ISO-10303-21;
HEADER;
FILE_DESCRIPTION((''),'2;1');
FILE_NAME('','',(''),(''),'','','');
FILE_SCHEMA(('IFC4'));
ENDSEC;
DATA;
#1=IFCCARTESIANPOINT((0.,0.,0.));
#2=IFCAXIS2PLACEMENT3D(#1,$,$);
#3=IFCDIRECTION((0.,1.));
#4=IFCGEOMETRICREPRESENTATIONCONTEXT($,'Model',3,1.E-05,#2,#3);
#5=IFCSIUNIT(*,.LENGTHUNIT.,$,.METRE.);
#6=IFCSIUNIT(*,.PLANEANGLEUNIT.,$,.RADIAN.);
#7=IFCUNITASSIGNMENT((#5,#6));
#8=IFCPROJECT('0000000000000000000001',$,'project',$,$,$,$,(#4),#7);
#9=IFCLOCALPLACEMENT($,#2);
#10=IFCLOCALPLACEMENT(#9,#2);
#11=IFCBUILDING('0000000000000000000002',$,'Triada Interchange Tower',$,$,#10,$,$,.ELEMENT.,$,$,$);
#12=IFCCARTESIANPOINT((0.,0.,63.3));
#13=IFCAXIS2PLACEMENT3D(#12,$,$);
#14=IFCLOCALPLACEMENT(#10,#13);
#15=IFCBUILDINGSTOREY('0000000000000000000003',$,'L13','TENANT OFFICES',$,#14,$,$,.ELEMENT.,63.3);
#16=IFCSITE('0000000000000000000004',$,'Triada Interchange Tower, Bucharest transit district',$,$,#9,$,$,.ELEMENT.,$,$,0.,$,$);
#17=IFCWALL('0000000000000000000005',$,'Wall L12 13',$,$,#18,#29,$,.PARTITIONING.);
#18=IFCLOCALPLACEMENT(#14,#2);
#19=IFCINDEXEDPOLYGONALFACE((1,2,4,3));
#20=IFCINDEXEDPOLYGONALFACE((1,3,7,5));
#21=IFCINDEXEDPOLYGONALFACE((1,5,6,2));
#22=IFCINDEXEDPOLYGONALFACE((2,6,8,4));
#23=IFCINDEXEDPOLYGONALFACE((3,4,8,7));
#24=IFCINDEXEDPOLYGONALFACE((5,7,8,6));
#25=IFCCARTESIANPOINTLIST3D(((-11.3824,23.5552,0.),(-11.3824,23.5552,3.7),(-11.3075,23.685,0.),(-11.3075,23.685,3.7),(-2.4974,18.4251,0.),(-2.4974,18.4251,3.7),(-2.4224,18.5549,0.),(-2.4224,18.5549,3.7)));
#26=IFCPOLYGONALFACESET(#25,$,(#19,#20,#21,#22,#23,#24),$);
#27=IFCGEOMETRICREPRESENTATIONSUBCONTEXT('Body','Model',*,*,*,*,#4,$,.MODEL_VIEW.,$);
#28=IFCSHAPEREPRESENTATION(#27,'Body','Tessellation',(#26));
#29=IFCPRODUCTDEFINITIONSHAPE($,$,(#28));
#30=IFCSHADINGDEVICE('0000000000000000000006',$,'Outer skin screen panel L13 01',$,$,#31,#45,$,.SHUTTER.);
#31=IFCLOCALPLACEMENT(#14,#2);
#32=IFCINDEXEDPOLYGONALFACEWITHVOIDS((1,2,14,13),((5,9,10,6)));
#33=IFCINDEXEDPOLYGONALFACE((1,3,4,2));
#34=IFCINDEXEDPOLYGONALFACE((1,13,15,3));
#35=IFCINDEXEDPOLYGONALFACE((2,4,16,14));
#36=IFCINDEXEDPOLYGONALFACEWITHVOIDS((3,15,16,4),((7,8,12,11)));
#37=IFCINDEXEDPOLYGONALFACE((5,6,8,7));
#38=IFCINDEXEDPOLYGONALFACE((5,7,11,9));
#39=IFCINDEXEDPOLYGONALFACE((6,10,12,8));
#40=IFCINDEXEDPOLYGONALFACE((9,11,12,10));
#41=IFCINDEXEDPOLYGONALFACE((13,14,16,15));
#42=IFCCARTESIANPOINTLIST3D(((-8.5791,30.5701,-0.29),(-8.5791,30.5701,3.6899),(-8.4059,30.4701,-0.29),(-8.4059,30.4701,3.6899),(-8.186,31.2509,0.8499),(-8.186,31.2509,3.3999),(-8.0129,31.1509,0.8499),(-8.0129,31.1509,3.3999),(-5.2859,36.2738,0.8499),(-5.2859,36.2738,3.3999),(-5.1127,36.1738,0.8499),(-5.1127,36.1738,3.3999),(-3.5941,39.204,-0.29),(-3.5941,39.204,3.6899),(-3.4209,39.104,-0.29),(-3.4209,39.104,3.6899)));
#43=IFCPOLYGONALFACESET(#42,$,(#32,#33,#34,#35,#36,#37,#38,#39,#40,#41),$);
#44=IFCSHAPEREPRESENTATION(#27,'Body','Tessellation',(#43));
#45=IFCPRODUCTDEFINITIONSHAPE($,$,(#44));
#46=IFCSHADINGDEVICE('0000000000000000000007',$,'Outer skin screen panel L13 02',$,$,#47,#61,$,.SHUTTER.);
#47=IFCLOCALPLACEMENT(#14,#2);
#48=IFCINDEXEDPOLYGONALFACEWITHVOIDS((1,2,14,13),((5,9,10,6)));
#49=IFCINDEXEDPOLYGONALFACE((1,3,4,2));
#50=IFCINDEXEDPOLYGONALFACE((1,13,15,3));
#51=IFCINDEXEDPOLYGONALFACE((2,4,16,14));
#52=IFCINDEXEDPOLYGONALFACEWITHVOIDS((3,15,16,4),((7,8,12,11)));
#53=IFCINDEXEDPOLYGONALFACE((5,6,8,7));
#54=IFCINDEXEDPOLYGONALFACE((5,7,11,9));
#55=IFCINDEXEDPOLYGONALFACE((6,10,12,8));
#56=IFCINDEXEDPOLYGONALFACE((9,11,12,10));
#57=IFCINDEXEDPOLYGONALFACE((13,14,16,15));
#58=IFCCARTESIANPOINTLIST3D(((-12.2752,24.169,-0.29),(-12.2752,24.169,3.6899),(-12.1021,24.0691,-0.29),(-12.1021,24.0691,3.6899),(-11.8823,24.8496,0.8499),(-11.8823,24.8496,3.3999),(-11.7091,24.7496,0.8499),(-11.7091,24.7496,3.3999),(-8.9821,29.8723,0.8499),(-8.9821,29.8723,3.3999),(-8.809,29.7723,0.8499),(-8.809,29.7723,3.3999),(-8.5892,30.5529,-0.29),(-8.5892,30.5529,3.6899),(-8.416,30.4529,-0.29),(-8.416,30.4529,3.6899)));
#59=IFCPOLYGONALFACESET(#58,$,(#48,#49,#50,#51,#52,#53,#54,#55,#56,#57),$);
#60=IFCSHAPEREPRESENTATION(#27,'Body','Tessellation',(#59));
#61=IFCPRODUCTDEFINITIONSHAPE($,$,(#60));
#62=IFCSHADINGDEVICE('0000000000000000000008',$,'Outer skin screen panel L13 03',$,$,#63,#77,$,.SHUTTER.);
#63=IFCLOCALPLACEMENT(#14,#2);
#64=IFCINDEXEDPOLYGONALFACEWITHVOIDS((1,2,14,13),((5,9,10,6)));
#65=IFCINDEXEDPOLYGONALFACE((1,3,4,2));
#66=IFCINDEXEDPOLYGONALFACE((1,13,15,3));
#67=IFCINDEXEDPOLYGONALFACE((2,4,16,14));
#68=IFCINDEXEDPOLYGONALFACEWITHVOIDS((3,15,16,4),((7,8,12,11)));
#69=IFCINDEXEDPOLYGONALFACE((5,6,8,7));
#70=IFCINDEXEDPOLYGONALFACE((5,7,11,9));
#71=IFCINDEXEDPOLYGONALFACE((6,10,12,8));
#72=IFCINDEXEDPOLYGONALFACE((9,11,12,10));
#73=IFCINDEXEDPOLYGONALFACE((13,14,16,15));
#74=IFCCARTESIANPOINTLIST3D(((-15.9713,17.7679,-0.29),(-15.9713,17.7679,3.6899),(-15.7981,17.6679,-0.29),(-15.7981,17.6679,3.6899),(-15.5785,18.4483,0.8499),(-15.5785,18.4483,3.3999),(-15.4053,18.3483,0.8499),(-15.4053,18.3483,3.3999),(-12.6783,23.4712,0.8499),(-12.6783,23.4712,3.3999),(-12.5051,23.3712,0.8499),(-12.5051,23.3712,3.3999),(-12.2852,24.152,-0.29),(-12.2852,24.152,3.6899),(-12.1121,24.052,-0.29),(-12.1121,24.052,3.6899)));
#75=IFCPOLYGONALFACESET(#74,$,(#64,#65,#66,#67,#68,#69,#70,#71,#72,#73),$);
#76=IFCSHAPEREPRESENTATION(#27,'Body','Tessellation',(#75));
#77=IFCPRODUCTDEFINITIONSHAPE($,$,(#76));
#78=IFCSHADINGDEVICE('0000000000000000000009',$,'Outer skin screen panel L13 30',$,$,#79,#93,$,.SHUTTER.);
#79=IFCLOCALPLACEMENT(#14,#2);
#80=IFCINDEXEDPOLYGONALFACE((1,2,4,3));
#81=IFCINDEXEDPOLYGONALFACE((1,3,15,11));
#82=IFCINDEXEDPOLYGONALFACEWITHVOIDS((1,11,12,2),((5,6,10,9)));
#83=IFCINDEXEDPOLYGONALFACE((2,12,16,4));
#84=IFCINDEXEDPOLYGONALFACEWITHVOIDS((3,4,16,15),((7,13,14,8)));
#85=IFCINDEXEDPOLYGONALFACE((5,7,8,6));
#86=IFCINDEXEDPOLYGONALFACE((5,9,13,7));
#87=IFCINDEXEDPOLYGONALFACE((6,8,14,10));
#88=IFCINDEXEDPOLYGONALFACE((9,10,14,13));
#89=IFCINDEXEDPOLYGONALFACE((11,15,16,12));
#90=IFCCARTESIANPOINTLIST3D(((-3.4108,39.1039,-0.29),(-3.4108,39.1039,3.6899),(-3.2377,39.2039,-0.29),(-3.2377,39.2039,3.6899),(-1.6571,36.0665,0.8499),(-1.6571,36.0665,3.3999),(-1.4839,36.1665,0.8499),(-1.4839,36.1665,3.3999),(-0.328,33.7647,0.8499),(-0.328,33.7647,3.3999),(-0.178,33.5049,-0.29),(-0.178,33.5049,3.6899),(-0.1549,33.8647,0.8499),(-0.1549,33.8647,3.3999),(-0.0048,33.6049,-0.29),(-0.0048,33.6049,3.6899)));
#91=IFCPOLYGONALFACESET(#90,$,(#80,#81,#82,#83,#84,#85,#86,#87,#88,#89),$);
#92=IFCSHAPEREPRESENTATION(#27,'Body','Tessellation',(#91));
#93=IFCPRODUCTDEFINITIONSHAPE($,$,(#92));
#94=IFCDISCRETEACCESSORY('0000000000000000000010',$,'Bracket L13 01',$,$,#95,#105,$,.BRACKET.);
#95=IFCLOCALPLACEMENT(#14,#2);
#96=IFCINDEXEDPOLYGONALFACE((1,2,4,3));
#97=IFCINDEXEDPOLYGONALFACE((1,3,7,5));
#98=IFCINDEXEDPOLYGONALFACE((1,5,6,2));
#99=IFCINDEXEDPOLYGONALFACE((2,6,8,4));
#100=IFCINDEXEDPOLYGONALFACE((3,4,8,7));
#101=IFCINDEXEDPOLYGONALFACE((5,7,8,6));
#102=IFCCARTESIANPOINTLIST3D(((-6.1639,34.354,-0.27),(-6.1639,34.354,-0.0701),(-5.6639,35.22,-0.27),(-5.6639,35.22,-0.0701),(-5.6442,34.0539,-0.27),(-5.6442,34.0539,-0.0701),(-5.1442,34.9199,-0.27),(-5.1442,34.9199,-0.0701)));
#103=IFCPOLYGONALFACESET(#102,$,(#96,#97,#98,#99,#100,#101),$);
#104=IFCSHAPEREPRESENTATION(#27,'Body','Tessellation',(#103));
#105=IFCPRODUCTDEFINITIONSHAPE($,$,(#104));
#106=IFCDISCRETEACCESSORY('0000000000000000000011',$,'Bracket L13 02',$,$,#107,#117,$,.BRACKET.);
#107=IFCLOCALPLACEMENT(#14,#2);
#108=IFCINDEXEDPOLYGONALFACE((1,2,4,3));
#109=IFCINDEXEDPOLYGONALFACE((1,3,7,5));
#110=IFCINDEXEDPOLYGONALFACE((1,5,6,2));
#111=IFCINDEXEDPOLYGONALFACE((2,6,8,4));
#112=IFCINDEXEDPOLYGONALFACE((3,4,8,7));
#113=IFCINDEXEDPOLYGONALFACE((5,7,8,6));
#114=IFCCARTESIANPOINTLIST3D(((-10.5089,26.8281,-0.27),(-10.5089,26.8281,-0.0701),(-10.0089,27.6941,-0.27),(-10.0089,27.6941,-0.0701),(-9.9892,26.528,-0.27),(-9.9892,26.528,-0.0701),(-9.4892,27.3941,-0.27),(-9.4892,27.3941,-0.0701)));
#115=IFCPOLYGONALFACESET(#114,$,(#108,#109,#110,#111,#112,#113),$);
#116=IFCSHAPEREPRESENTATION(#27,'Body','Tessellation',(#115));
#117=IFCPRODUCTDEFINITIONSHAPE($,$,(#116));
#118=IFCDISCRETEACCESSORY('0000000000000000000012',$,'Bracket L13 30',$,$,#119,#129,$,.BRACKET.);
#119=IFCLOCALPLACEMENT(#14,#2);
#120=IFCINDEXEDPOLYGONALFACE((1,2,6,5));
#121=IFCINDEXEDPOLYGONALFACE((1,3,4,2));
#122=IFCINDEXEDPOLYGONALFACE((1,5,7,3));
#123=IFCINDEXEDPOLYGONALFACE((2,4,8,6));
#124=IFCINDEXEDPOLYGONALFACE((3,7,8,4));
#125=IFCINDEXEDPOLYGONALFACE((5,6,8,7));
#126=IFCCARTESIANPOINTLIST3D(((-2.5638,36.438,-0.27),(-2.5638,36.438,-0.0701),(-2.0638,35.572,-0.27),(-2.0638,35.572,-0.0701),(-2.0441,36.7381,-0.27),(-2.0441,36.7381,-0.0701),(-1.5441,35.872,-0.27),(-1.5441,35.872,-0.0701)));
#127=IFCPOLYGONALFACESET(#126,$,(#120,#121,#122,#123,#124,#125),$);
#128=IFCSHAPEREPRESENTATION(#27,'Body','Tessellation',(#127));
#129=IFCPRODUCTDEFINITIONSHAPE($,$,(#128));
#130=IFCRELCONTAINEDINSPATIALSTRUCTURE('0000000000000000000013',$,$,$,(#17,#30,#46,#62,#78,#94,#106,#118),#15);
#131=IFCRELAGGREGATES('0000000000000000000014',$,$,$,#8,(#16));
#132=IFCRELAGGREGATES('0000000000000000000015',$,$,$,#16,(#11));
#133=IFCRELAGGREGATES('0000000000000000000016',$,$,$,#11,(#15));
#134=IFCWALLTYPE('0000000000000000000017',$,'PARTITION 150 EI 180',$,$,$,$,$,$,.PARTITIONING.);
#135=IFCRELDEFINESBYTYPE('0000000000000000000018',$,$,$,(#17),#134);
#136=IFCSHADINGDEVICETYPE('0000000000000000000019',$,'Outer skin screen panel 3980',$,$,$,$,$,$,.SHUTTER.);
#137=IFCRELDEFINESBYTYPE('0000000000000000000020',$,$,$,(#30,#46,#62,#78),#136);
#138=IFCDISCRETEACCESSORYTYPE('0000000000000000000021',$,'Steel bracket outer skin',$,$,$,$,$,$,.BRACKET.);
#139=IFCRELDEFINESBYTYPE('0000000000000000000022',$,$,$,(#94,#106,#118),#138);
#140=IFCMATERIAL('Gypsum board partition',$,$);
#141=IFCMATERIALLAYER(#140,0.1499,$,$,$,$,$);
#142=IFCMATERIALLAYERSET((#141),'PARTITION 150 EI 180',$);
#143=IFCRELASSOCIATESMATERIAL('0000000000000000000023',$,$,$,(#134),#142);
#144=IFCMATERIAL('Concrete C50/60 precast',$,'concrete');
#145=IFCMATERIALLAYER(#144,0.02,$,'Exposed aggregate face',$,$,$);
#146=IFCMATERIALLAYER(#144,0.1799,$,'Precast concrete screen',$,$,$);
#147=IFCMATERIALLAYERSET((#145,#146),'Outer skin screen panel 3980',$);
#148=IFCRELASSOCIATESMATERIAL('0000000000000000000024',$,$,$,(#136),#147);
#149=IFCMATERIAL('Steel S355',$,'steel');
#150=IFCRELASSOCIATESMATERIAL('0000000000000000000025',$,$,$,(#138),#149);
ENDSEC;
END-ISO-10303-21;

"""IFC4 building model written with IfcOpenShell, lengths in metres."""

from ifc_helpers import new_model, si_unit, direction, frame, frame_2d, origin, origin_2d, place, context, subcontext, project, spatial, polyline, rectangle, outline, extrude, material, layer, layer_set, type_object, element, save


model = new_model("IFC4")

# Units and contexts
model_context = context("Model", 3, precision=1e-05, world=origin(), true_north=direction((0.0, 1.0)))
body_context = subcontext(model_context, "Body", "Model", "MODEL_VIEW")
ifc_project = project(units=[si_unit("LENGTHUNIT", "METRE"), si_unit("PLANEANGLEUNIT", "RADIAN")], contexts=[model_context])

# Site, building, storey
site_placement = place(None, origin())
site = spatial("IfcSite", under=ifc_project, at=site_placement, Name="Triada Interchange Tower, Bucharest transit district", CompositionType="ELEMENT", RefElevation=0.0)
building_placement = place(site_placement, origin())
building = spatial("IfcBuilding", under=site, at=building_placement, Name="Triada Interchange Tower", CompositionType="ELEMENT")
storey_placement = place(building_placement, frame((0.0, 0.0, 63.3)))
storey = spatial("IfcBuildingStorey", under=building, at=storey_placement, Name="L13", Description="TENANT OFFICES", CompositionType="ELEMENT", Elevation=63.3)

# Wall
ifc_material_1 = material(Name="Gypsum board partition")
ifc_layer_1 = layer(ifc_material_1, 0.1499)
ifc_layer_set_1 = layer_set([ifc_layer_1], Name="PARTITION 150 EI 180")
wall_type_1 = type_object("IfcWallType", Name="PARTITION 150 EI 180", PredefinedType="PARTITIONING", material=ifc_layer_set_1)
wall_1_placement = place(storey_placement, frame((-11.345, 23.6201, 0.0), z_axis=(0.0, 0.0, 1.0), x_axis=(0.86601, -0.500027, 0.0)))
element("IfcWall", 1, at=wall_1_placement, inside=storey, type_object=wall_type_1, Name="Wall L12 13", PredefinedType="PARTITIONING", context=body_context, shape_type="SweptSolid", body=[
    extrude(rectangle(XDim=10.2598, YDim=0.1499, at=frame_2d((5.1299, 0.0))), origin(), (0.0, 0.0, 1.0), 3.7),
])

# Shading devices
ifc_material_2 = material(Name="Concrete C50/60 precast", Category="concrete")
ifc_layer_2 = layer(ifc_material_2, 0.02, Name="Exposed aggregate face")
ifc_layer_3 = layer(ifc_material_2, 0.1799, Name="Precast concrete screen")
ifc_layer_set_2 = layer_set([ifc_layer_2, ifc_layer_3], Name="Outer skin screen panel 3980")
shading_device_type = type_object("IfcShadingDeviceType", Name="Outer skin screen panel 3980", PredefinedType="SHUTTER", material=ifc_layer_set_2)
shading_device_1_placement = place(storey_placement, frame((-3.4209, 39.104, -0.29), z_axis=(0.0, 0.0, 1.0), x_axis=(-0.500019, -0.866015, 0.0)))
element("IfcShadingDevice", 2, at=shading_device_1_placement, inside=storey, type_object=shading_device_type, Name="Outer skin screen panel L13 01", PredefinedType="SHUTTER", context=body_context, shape_type="SweptSolid", body=[
    extrude(outline(polyline([(0.0, 0.0), (9.9697, 0.0), (9.9697, 3.98), (0.0, 3.98), (0.0, 0.0)]), holes=[polyline([(3.3835, 1.1399), (3.3835, 3.6899), (9.1836, 3.6899), (9.1836, 1.1399), (3.3835, 1.1399)])]), frame((0.0, 0.0, 0.0), z_axis=(0.0, -1.0, 0.0), x_axis=(1.0, 0.0, 0.0)), (0.0, 0.0, 1.0), 0.2),
])
shading_device_2_placement = place(storey_placement, frame((-8.416, 30.4529, -0.29), z_axis=(0.0, 0.0, 1.0), x_axis=(-0.500036, -0.866005, 0.0)))
element("IfcShadingDevice", 3, at=shading_device_2_placement, inside=storey, type_object=shading_device_type, Name="Outer skin screen panel L13 02", PredefinedType="SHUTTER", context=body_context, shape_type="SweptSolid", body=[
    extrude(outline(polyline([(0.0, 0.0), (7.3716, 0.0), (7.3716, 3.98), (0.0, 3.98), (0.0, 0.0)]), holes=[polyline([(0.7859, 1.1399), (0.7859, 3.6899), (6.5857, 3.6899), (6.5857, 1.1399), (0.7859, 1.1399)])]), frame((0.0, 0.0, 0.0), z_axis=(0.0, -1.0, 0.0), x_axis=(1.0, 0.0, 0.0)), (0.0, 0.0, 1.0), 0.2),
])
shading_device_3_placement = place(storey_placement, frame((-12.1121, 24.052, -0.29), z_axis=(0.0, 0.0, 1.0), x_axis=(-0.500022, -0.866013, 0.0)))
element("IfcShadingDevice", 4, at=shading_device_3_placement, inside=storey, type_object=shading_device_type, Name="Outer skin screen panel L13 03", PredefinedType="SHUTTER", context=body_context, shape_type="SweptSolid", body=[
    extrude(outline(polyline([(0.0, 0.0), (7.3718, 0.0), (7.3718, 3.98), (0.0, 3.98), (0.0, 0.0)]), holes=[polyline([(0.7861, 1.1399), (0.7861, 3.6899), (6.5862, 3.6899), (6.5862, 1.1399), (0.7861, 1.1399)])]), frame((0.0, 0.0, 0.0), z_axis=(0.0, -1.0, 0.0), x_axis=(1.0, 0.0, 0.0)), (0.0, 0.0, 1.0), 0.2),
])
shading_device_4_placement = place(storey_placement, frame((-0.178, 33.5049, -0.29), z_axis=(0.0, 0.0, 1.0), x_axis=(-0.50003, 0.866008, 0.0)))
element("IfcShadingDevice", 5, at=shading_device_4_placement, inside=storey, type_object=shading_device_type, Name="Outer skin screen panel L13 30", PredefinedType="SHUTTER", context=body_context, shape_type="SweptSolid", body=[
    extrude(outline(polyline([(0.0, 0.0), (6.4653, 0.0), (6.4653, 3.98), (0.0, 3.98), (0.0, 0.0)]), holes=[polyline([(0.3, 1.1399), (0.3, 3.6899), (2.958, 3.6899), (2.958, 1.1399), (0.3, 1.1399)])]), frame((0.0, 0.0, 0.0), z_axis=(0.0, -1.0, 0.0), x_axis=(1.0, 0.0, 0.0)), (0.0, 0.0, 1.0), 0.2),
])

# Discrete accessories
ifc_material_3 = material(Name="Steel S355", Category="steel")
discrete_accessory_type = type_object("IfcDiscreteAccessoryType", Name="Steel bracket outer skin", PredefinedType="BRACKET", material=ifc_material_3)
for number, where, z_axis, x_axis, name in (
    (6, (-5.6541, 34.637, -0.27), (0.0, 0.0, 1.0), (-0.866022, 0.500006, 0.0), "Bracket L13 01"),
    (7, (-9.999, 27.1111, -0.27), (0.0, 0.0, 1.0), (-0.866022, 0.500006, 0.0), "Bracket L13 02"),
    (8, (-2.054, 36.155, -0.27), (0.0, 0.0, 1.0), (0.866037, 0.49998, 0.0), "Bracket L13 30"),
):
    element("IfcDiscreteAccessory", number, at=place(storey_placement, frame(where, z_axis=z_axis, x_axis=x_axis)), inside=storey, type_object=discrete_accessory_type, Name=name, PredefinedType="BRACKET", context=body_context, shape_type="SweptSolid", body=[
        extrude(rectangle(XDim=0.6001, YDim=1.0, at=origin_2d()), origin(), (0.0, 0.0, 1.0), 0.2),
    ])

save(model, "model.ifc")
